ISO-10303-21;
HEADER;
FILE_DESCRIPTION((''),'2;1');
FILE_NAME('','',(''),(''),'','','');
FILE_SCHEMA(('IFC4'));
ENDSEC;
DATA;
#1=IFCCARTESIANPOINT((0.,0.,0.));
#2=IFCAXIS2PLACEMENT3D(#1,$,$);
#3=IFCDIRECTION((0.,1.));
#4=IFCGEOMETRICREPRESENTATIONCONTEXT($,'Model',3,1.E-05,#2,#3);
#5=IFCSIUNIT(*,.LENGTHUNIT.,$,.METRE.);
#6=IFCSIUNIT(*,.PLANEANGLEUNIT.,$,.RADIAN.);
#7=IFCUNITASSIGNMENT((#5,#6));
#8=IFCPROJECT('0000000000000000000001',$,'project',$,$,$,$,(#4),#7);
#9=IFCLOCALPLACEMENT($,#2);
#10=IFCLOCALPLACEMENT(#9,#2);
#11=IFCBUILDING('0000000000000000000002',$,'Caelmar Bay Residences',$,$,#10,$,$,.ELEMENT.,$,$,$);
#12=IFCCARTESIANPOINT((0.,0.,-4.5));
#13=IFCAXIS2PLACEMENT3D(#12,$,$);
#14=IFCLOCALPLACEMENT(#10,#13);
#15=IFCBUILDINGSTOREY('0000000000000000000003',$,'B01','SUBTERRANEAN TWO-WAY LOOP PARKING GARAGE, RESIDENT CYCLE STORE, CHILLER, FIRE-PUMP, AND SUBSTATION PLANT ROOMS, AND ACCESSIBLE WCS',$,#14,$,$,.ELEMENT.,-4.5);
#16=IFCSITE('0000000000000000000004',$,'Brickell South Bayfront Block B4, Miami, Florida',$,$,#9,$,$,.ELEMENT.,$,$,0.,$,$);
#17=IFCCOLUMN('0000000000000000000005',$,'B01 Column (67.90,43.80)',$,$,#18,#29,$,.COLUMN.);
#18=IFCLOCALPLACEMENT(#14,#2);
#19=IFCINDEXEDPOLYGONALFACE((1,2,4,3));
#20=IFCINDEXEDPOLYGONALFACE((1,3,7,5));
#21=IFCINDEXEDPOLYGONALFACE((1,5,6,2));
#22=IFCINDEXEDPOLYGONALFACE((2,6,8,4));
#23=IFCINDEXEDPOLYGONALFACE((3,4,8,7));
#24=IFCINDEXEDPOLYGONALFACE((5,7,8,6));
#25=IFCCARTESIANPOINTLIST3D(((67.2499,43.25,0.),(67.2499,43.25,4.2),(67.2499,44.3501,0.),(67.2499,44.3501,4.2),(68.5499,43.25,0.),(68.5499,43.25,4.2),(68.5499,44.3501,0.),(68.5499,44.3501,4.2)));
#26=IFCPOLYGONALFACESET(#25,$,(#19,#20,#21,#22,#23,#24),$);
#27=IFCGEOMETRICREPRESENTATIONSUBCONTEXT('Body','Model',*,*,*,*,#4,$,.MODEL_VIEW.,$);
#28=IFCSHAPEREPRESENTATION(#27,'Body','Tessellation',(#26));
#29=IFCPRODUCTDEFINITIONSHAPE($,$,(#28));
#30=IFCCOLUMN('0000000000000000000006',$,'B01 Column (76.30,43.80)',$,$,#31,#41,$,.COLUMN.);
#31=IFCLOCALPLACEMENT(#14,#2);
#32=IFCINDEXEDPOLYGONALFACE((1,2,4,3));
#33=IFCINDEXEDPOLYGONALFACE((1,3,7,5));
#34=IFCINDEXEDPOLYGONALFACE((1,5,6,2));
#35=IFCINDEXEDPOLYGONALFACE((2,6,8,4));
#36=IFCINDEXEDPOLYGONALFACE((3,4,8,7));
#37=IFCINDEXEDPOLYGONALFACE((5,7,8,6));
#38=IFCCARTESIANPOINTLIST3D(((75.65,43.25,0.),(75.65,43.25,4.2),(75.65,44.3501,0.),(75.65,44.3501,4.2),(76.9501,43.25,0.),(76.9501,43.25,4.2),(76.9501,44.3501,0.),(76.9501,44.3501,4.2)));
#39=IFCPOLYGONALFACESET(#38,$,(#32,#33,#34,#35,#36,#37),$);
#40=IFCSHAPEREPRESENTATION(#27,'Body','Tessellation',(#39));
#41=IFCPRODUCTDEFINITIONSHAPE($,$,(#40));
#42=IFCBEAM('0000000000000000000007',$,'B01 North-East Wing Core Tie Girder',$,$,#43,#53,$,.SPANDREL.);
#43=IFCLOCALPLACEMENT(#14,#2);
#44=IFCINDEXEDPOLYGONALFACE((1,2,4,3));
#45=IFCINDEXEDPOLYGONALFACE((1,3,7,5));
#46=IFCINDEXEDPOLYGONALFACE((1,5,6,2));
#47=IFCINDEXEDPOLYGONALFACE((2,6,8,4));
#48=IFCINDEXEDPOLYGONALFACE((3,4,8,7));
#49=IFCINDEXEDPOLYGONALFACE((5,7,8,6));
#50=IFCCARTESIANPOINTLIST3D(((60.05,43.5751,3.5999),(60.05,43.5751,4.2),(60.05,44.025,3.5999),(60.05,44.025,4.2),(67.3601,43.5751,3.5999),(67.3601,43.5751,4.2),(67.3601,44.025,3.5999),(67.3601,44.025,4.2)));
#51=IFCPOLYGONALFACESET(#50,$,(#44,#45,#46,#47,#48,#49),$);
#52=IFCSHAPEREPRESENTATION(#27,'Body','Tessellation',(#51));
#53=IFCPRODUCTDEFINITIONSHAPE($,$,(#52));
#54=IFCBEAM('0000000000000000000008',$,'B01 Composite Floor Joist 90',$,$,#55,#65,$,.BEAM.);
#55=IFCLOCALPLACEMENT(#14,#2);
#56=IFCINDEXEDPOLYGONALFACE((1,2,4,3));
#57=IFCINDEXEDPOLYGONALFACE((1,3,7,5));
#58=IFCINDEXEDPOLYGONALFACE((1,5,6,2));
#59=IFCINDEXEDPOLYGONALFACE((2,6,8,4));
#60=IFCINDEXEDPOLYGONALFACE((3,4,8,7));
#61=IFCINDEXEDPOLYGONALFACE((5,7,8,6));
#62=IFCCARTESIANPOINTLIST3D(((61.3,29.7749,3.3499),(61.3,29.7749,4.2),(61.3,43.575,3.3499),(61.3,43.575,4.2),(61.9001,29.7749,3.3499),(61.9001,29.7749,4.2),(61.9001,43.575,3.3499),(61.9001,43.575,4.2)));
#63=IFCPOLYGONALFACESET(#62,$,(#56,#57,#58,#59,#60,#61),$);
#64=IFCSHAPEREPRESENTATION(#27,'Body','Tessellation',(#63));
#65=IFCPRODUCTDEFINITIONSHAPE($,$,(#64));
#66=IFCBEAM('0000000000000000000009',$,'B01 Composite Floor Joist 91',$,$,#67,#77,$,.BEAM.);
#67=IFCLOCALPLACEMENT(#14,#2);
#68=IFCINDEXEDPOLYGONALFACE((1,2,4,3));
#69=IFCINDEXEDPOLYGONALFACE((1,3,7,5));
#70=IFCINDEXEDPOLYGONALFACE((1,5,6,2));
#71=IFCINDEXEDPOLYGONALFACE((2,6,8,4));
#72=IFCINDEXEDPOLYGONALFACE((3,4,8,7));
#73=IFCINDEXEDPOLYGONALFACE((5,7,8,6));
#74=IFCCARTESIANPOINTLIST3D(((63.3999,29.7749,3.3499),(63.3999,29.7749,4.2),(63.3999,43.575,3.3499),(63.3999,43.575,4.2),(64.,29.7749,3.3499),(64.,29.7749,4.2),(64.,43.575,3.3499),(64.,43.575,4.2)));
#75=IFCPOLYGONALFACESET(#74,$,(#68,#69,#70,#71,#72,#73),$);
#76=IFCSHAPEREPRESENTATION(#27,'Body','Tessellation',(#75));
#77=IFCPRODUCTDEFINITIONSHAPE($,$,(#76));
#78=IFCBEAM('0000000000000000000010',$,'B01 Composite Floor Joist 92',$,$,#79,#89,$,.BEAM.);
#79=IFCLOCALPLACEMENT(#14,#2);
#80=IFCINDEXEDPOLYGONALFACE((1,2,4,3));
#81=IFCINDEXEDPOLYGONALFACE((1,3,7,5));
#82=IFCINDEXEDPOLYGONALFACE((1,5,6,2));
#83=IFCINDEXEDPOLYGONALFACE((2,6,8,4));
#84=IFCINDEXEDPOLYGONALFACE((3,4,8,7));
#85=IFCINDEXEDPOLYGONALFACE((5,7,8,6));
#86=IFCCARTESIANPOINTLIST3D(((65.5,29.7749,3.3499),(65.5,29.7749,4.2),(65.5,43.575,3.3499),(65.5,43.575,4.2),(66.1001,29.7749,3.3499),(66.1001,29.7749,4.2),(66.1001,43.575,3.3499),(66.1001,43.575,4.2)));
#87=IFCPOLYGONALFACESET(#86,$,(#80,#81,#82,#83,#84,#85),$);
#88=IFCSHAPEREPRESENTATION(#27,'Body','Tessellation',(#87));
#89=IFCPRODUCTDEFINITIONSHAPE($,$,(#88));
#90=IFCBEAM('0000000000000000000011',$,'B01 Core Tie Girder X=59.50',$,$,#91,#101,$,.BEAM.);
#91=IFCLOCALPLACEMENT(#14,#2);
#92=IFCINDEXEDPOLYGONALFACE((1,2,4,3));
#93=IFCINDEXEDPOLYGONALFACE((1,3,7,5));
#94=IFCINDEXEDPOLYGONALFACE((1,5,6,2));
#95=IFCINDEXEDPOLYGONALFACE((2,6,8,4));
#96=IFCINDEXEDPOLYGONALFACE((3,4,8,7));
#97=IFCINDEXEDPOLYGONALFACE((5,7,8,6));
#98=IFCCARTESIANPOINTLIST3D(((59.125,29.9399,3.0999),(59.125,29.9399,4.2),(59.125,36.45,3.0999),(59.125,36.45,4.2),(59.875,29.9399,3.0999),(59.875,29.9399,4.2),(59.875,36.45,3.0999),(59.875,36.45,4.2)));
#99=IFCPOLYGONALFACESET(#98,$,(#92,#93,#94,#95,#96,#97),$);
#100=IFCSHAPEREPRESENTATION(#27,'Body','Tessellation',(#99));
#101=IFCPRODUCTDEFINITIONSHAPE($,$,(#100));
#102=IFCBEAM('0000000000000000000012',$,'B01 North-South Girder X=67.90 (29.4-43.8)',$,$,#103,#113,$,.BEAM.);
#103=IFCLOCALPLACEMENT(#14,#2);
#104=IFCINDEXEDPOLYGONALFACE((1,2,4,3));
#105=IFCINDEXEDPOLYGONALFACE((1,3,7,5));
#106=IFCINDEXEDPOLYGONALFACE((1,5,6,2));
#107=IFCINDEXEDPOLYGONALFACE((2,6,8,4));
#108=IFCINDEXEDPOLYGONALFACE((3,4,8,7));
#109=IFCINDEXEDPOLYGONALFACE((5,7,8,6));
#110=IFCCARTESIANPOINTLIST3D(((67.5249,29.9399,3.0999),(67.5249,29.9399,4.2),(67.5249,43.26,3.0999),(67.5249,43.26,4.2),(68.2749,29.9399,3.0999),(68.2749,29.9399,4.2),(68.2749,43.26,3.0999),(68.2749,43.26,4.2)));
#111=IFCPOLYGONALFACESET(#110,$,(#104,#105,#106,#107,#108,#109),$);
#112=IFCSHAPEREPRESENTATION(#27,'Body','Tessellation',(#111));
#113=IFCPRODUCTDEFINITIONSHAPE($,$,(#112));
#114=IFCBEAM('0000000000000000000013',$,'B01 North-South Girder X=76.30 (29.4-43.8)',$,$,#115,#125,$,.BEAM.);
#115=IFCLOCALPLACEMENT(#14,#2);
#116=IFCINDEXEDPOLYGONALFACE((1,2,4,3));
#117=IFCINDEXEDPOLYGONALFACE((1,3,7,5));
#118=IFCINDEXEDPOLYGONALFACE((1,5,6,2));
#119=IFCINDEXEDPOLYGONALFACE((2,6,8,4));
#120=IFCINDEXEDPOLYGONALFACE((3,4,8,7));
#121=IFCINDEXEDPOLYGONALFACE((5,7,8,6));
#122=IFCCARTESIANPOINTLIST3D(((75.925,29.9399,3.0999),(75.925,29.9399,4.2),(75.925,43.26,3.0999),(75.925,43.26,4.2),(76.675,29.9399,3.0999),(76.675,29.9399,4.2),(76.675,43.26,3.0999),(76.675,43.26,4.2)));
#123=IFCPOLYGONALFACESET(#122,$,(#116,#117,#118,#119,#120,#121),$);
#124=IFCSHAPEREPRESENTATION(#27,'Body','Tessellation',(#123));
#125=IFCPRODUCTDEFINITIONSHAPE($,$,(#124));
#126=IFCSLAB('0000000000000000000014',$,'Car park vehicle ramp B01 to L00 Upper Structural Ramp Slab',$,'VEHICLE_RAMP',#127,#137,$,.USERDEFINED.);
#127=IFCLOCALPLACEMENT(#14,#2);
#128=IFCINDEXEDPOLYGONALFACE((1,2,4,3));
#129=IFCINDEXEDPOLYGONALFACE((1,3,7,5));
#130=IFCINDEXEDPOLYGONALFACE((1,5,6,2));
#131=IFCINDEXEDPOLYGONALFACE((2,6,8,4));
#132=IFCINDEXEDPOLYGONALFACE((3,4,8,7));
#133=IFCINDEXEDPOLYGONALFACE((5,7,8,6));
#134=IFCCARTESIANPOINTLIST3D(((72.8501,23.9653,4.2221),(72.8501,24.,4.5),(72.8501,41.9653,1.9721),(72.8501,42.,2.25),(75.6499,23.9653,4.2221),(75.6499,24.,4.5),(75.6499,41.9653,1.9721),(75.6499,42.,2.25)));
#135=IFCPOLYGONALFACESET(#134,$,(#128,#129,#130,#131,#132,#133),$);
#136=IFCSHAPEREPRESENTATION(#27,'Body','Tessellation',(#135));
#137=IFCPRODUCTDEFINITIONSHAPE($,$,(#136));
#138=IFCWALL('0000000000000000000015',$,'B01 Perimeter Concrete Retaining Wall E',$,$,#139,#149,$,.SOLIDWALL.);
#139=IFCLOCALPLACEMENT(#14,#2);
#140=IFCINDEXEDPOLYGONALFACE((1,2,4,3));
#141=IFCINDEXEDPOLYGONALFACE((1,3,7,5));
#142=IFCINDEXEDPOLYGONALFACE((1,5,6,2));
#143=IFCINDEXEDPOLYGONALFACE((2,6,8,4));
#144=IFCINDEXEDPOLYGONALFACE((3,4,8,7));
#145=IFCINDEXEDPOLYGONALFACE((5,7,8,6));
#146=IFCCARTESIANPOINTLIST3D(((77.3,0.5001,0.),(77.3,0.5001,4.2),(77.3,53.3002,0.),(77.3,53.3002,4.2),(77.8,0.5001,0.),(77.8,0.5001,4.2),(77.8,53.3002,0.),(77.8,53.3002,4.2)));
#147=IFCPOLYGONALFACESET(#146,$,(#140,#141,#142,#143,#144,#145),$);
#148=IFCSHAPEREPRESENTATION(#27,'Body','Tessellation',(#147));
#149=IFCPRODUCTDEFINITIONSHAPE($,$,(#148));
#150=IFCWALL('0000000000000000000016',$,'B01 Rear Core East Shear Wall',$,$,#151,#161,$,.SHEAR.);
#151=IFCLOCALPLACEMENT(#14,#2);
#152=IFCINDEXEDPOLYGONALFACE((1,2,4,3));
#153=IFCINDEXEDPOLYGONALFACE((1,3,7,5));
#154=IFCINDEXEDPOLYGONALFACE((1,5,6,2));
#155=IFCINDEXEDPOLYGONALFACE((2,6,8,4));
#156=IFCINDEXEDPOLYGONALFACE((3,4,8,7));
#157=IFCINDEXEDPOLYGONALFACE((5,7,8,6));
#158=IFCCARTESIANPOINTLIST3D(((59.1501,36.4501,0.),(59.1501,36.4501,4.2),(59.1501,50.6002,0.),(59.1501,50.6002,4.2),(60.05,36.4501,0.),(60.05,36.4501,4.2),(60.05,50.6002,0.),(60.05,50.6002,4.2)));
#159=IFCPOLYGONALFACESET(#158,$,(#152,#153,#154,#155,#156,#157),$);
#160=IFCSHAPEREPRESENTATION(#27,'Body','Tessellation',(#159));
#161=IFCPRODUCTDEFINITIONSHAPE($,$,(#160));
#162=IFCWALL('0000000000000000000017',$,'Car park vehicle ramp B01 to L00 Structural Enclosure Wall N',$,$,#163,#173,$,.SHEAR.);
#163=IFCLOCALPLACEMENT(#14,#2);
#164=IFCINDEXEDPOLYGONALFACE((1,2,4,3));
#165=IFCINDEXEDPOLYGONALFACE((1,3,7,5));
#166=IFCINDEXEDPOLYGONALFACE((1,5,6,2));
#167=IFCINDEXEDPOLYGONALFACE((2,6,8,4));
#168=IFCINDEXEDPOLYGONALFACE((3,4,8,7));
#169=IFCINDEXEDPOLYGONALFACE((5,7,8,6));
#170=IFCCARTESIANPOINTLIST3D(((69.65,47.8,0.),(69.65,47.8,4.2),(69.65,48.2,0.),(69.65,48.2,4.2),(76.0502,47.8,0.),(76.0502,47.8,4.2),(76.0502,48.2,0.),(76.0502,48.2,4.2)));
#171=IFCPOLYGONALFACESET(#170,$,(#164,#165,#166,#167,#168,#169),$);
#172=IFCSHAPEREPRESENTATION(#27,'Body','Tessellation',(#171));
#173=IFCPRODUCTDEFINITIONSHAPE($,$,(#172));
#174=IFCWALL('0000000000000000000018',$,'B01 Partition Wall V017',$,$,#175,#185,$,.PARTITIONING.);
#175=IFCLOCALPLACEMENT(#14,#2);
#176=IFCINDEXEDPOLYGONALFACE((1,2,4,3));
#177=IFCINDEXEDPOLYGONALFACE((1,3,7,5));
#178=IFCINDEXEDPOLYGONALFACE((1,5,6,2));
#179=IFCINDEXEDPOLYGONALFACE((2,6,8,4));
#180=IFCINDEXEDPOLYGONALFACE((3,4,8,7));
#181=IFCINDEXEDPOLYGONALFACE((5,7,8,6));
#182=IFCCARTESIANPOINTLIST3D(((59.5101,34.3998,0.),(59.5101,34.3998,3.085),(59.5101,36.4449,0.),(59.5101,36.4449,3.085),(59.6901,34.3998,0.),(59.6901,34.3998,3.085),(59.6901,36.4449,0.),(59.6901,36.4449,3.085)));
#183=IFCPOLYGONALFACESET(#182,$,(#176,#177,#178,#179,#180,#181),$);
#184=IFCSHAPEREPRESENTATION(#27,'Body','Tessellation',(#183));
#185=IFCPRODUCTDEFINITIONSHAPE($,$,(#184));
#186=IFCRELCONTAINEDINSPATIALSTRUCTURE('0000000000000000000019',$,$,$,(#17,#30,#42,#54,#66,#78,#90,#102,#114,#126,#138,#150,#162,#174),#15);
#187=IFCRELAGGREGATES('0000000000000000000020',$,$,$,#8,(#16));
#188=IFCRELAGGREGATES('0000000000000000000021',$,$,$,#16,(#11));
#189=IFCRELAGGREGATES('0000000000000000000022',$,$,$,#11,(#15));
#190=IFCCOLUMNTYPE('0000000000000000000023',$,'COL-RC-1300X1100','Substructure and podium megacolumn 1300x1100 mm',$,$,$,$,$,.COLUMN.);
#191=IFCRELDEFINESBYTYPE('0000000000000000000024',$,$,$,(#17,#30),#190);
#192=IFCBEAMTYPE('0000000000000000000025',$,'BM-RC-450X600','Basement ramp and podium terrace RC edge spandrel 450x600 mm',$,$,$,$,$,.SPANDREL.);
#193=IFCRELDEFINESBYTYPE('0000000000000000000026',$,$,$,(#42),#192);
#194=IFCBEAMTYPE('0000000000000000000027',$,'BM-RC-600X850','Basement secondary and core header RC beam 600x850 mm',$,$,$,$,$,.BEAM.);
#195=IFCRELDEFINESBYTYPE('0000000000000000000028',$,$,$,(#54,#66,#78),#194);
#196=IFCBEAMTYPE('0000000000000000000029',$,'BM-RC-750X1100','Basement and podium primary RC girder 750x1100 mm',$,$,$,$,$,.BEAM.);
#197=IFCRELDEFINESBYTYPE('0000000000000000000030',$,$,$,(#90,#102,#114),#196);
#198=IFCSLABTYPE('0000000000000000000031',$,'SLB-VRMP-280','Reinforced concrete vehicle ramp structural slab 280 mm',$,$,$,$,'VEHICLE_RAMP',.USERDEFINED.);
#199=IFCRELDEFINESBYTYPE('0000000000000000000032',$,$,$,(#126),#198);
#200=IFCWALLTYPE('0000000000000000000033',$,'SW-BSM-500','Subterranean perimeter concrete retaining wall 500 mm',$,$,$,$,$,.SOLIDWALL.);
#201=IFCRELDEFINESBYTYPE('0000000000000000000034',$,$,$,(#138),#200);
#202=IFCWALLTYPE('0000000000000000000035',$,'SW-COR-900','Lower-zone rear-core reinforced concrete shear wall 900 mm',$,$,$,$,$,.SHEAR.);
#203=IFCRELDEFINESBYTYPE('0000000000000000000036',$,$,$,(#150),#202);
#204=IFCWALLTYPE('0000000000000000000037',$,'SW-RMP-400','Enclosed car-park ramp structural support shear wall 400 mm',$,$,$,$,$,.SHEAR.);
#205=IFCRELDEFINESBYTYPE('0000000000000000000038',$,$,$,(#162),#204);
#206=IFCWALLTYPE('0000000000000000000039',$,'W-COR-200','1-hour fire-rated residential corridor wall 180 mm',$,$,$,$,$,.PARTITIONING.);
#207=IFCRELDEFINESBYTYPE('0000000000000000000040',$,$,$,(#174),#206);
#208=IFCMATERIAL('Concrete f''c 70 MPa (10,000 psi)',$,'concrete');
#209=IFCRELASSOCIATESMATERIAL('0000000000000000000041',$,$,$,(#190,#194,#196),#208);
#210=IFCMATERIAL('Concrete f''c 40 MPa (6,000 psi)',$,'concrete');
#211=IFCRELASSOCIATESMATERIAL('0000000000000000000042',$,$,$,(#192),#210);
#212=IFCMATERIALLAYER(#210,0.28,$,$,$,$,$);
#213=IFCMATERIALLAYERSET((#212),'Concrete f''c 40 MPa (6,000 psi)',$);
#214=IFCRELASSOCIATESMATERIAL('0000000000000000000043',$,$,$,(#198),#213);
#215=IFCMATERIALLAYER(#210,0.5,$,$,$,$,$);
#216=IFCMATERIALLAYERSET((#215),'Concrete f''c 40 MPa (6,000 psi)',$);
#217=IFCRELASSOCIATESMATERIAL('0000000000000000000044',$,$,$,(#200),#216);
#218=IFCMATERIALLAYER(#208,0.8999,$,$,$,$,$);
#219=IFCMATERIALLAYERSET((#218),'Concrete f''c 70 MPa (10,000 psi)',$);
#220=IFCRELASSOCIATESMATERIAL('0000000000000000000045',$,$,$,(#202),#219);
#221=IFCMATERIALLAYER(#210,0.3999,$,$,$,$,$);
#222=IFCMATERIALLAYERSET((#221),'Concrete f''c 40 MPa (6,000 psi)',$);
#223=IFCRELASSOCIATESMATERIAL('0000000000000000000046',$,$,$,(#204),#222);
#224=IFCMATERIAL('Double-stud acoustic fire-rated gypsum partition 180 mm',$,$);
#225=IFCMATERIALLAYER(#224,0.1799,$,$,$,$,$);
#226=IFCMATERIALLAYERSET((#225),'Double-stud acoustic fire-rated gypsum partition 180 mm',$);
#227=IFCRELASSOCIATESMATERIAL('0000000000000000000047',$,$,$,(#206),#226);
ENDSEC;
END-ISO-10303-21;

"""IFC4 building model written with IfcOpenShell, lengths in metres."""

from ifc_helpers import new_model, si_unit, direction, frame, frame_2d, origin, origin_2d, place, context, subcontext, project, spatial, polyline, rectangle, outline, extrude, material, layer, layer_set, material_profile, profile_set, type_object, element, save


model = new_model("IFC4")

# Units and contexts
model_context = context("Model", 3, precision=1e-05, world=origin(), true_north=direction((0.0, 1.0)))
body_context = subcontext(model_context, "Body", "Model", "MODEL_VIEW")
ifc_project = project(units=[si_unit("LENGTHUNIT", "METRE"), si_unit("PLANEANGLEUNIT", "RADIAN")], contexts=[model_context])

# Site, building, storey
site_placement = place(None, origin())
site = spatial("IfcSite", under=ifc_project, at=site_placement, Name="Brickell South Bayfront Block B4, Miami, Florida", CompositionType="ELEMENT", RefElevation=0.0)
building_placement = place(site_placement, origin())
building = spatial("IfcBuilding", under=site, at=building_placement, Name="Caelmar Bay Residences", CompositionType="ELEMENT")
storey_placement = place(building_placement, frame((0.0, 0.0, -4.5)))
storey = spatial("IfcBuildingStorey", under=building, at=storey_placement, Name="B01", Description="SUBTERRANEAN TWO-WAY LOOP PARKING GARAGE, RESIDENT CYCLE STORE, CHILLER, FIRE-PUMP, AND SUBSTATION PLANT ROOMS, AND ACCESSIBLE WCS", CompositionType="ELEMENT", Elevation=-4.5)

# Columns
ifc_material_1 = material(Name="Concrete f'c 70 MPa (10,000 psi)", Category="concrete")
ifc_material_profile_1 = material_profile(ifc_material_1, rectangle(XDim=1.3, YDim=1.1001, at=origin_2d()), Name="RC-COL-1300X1100")
ifc_profile_set_1 = profile_set([ifc_material_profile_1], Name="Concrete f'c 70 MPa (10,000 psi)")
column_type = type_object("IfcColumnType", Name="COL-RC-1300X1100", Description="Substructure and podium megacolumn 1300x1100 mm", PredefinedType="COLUMN", material=ifc_profile_set_1)
for number, where, z_axis, x_axis, name in (
    (1, (67.8999, 43.8, 0.0), (0.0, 0.0, 1.0), (1.0, 0.0, 0.0), "B01 Column (67.90,43.80)"),
    (2, (76.3, 43.8, 0.0), (0.0, 0.0, 1.0), (1.0, 0.0, 0.0), "B01 Column (76.30,43.80)"),
):
    element("IfcColumn", number, at=place(storey_placement, frame(where, z_axis=z_axis, x_axis=x_axis)), inside=storey, type_object=column_type, Name=name, PredefinedType="COLUMN", context=body_context, shape_type="SweptSolid", body=[
        extrude(rectangle(XDim=1.3, YDim=1.1001, at=origin_2d()), origin(), (0.0, 0.0, 1.0), 4.2),
    ])

# Beams
ifc_material_2 = material(Name="Concrete f'c 40 MPa (6,000 psi)", Category="concrete")
ifc_material_profile_2 = material_profile(ifc_material_2, rectangle(XDim=0.45, YDim=0.6001, at=origin_2d()), Name="RC-BM-450X600")
ifc_profile_set_2 = profile_set([ifc_material_profile_2], Name="Concrete f'c 40 MPa (6,000 psi)")
beam_type_1 = type_object("IfcBeamType", Name="BM-RC-450X600", Description="Basement ramp and podium terrace RC edge spandrel 450x600 mm", PredefinedType="SPANDREL", material=ifc_profile_set_2)
beam_1_placement = place(storey_placement, frame((60.05, 43.8, 3.8999), z_axis=(1.0, 0.0, 0.0), x_axis=(0.0, 1.0, 0.0)))
element("IfcBeam", 3, at=beam_1_placement, inside=storey, type_object=beam_type_1, Name="B01 North-East Wing Core Tie Girder", PredefinedType="SPANDREL", context=body_context, shape_type="SweptSolid", body=[
    extrude(rectangle(XDim=0.45, YDim=0.6001, at=origin_2d()), origin(), (0.0, 0.0, 1.0), 7.3101),
])
ifc_material_profile_3 = material_profile(ifc_material_1, rectangle(XDim=0.6001, YDim=0.8501, at=origin_2d()), Name="RC-BM-600X850")
ifc_profile_set_3 = profile_set([ifc_material_profile_3], Name="Concrete f'c 70 MPa (10,000 psi)")
beam_type_2 = type_object("IfcBeamType", Name="BM-RC-600X850", Description="Basement secondary and core header RC beam 600x850 mm", PredefinedType="BEAM", material=ifc_profile_set_3)
for number, where, z_axis, x_axis, name in (
    (4, (61.6001, 29.7749, 3.7749), (0.0, 1.0, 0.0), (-1.0, 0.0, 0.0), "B01 Composite Floor Joist 90"),
    (5, (63.7, 29.7749, 3.7749), (0.0, 1.0, 0.0), (-1.0, 0.0, 0.0), "B01 Composite Floor Joist 91"),
    (6, (65.8, 29.7749, 3.7749), (0.0, 1.0, 0.0), (-1.0, 0.0, 0.0), "B01 Composite Floor Joist 92"),
):
    element("IfcBeam", number, at=place(storey_placement, frame(where, z_axis=z_axis, x_axis=x_axis)), inside=storey, type_object=beam_type_2, Name=name, PredefinedType="BEAM", context=body_context, shape_type="SweptSolid", body=[
        extrude(rectangle(XDim=0.6001, YDim=0.8501, at=origin_2d()), origin(), (0.0, 0.0, 1.0), 13.8),
    ])
ifc_material_profile_4 = material_profile(ifc_material_1, rectangle(XDim=0.75, YDim=1.1001, at=origin_2d()), Name="RC-BM-750X1100")
ifc_profile_set_4 = profile_set([ifc_material_profile_4], Name="Concrete f'c 70 MPa (10,000 psi)")
beam_type_3 = type_object("IfcBeamType", Name="BM-RC-750X1100", Description="Basement and podium primary RC girder 750x1100 mm", PredefinedType="BEAM", material=ifc_profile_set_4)
beam_2_placement = place(storey_placement, frame((59.5, 29.9399, 3.6499), z_axis=(0.0, 1.0, 0.0), x_axis=(-1.0, 0.0, 0.0)))
element("IfcBeam", 7, at=beam_2_placement, inside=storey, type_object=beam_type_3, Name="B01 Core Tie Girder X=59.50", PredefinedType="BEAM", context=body_context, shape_type="SweptSolid", body=[
    extrude(rectangle(XDim=0.75, YDim=1.1001, at=origin_2d()), origin(), (0.0, 0.0, 1.0), 6.51),
])
for number, where, z_axis, x_axis, name in (
    (8, (67.8999, 29.9399, 3.6499), (0.0, 1.0, 0.0), (-1.0, 0.0, 0.0), "B01 North-South Girder X=67.90 (29.4-43.8)"),
    (9, (76.3, 29.9399, 3.6499), (0.0, 1.0, 0.0), (-1.0, 0.0, 0.0), "B01 North-South Girder X=76.30 (29.4-43.8)"),
):
    element("IfcBeam", number, at=place(storey_placement, frame(where, z_axis=z_axis, x_axis=x_axis)), inside=storey, type_object=beam_type_3, Name=name, PredefinedType="BEAM", context=body_context, shape_type="SweptSolid", body=[
        extrude(rectangle(XDim=0.75, YDim=1.1001, at=origin_2d()), origin(), (0.0, 0.0, 1.0), 13.3201),
    ])

# Slab
ifc_layer_1 = layer(ifc_material_2, 0.28)
ifc_layer_set_1 = layer_set([ifc_layer_1], Name="Concrete f'c 40 MPa (6,000 psi)")
slab_type = type_object("IfcSlabType", Name="SLB-VRMP-280", Description="Reinforced concrete vehicle ramp structural slab 280 mm", ElementType="VEHICLE_RAMP", PredefinedType="USERDEFINED", material=ifc_layer_set_1)
slab_placement = place(storey_placement, frame((72.8501, 42.0, 2.25), z_axis=(0.0, 0.124035, 0.992278), x_axis=(1.0, 0.0, 0.0)))
element("IfcSlab", 10, at=slab_placement, inside=storey, type_object=slab_type, Name="Car park vehicle ramp B01 to L00 Upper Structural Ramp Slab", ObjectType="VEHICLE_RAMP", PredefinedType="USERDEFINED", context=body_context, shape_type="SweptSolid", body=[
    extrude(outline(polyline([(0.0, 0.0), (2.7998, 0.0), (2.7998, -18.1401), (0.0, -18.1401), (0.0, 0.0)])), origin(), (0.0, 0.0, -1.0), 0.28),
])

# Walls
ifc_layer_2 = layer(ifc_material_2, 0.5)
ifc_layer_set_2 = layer_set([ifc_layer_2], Name="Concrete f'c 40 MPa (6,000 psi)")
wall_type_1 = type_object("IfcWallType", Name="SW-BSM-500", Description="Subterranean perimeter concrete retaining wall 500 mm", PredefinedType="SOLIDWALL", material=ifc_layer_set_2)
wall_1_placement = place(storey_placement, frame((77.55, 53.3, 0.0), z_axis=(0.0, 0.0, 1.0), x_axis=(0.0, -1.0, 0.0)))
element("IfcWall", 11, at=wall_1_placement, inside=storey, type_object=wall_type_1, Name="B01 Perimeter Concrete Retaining Wall E", PredefinedType="SOLIDWALL", context=body_context, shape_type="SweptSolid", body=[
    extrude(rectangle(XDim=52.8, YDim=0.5, at=frame_2d((26.3999, 0.0))), origin(), (0.0, 0.0, 1.0), 4.2),
])
ifc_layer_3 = layer(ifc_material_1, 0.8999)
ifc_layer_set_3 = layer_set([ifc_layer_3], Name="Concrete f'c 70 MPa (10,000 psi)")
wall_type_2 = type_object("IfcWallType", Name="SW-COR-900", Description="Lower-zone rear-core reinforced concrete shear wall 900 mm", PredefinedType="SHEAR", material=ifc_layer_set_3)
wall_2_placement = place(storey_placement, frame((59.6001, 36.45, 0.0), z_axis=(0.0, 0.0, 1.0), x_axis=(0.0, 1.0, 0.0)))
element("IfcWall", 12, at=wall_2_placement, inside=storey, type_object=wall_type_2, Name="B01 Rear Core East Shear Wall", PredefinedType="SHEAR", context=body_context, shape_type="SweptSolid", body=[
    extrude(rectangle(XDim=14.1501, YDim=0.8999, at=frame_2d((7.0752, 0.0))), origin(), (0.0, 0.0, 1.0), 4.2),
])
ifc_layer_4 = layer(ifc_material_2, 0.3999)
ifc_layer_set_4 = layer_set([ifc_layer_4], Name="Concrete f'c 40 MPa (6,000 psi)")
wall_type_3 = type_object("IfcWallType", Name="SW-RMP-400", Description="Enclosed car-park ramp structural support shear wall 400 mm", PredefinedType="SHEAR", material=ifc_layer_set_4)
wall_3_placement = place(storey_placement, frame((69.6499, 48.0, 0.0), z_axis=(0.0, 0.0, 1.0), x_axis=(1.0, 0.0, 0.0)))
element("IfcWall", 13, at=wall_3_placement, inside=storey, type_object=wall_type_3, Name="Car park vehicle ramp B01 to L00 Structural Enclosure Wall N", PredefinedType="SHEAR", context=body_context, shape_type="SweptSolid", body=[
    extrude(rectangle(XDim=6.4001, YDim=0.3999, at=frame_2d((3.2002, 0.0))), origin(), (0.0, 0.0, 1.0), 4.2),
])
ifc_material_3 = material(Name="Double-stud acoustic fire-rated gypsum partition 180 mm")
ifc_layer_5 = layer(ifc_material_3, 0.1799)
ifc_layer_set_5 = layer_set([ifc_layer_5], Name="Double-stud acoustic fire-rated gypsum partition 180 mm")
wall_type_4 = type_object("IfcWallType", Name="W-COR-200", Description="1-hour fire-rated residential corridor wall 180 mm", PredefinedType="PARTITIONING", material=ifc_layer_set_5)
wall_4_placement = place(storey_placement, frame((59.6001, 34.3999, 0.0), z_axis=(0.0, 0.0, 1.0), x_axis=(0.0, 1.0, 0.0)))
element("IfcWall", 14, at=wall_4_placement, inside=storey, type_object=wall_type_4, Name="B01 Partition Wall V017", PredefinedType="PARTITIONING", context=body_context, shape_type="SweptSolid", body=[
    extrude(rectangle(XDim=2.0452, YDim=0.1799, at=frame_2d((1.0225, 0.0))), origin(), (0.0, 0.0, 1.0), 3.085),
])

save(model, "model.ifc")
